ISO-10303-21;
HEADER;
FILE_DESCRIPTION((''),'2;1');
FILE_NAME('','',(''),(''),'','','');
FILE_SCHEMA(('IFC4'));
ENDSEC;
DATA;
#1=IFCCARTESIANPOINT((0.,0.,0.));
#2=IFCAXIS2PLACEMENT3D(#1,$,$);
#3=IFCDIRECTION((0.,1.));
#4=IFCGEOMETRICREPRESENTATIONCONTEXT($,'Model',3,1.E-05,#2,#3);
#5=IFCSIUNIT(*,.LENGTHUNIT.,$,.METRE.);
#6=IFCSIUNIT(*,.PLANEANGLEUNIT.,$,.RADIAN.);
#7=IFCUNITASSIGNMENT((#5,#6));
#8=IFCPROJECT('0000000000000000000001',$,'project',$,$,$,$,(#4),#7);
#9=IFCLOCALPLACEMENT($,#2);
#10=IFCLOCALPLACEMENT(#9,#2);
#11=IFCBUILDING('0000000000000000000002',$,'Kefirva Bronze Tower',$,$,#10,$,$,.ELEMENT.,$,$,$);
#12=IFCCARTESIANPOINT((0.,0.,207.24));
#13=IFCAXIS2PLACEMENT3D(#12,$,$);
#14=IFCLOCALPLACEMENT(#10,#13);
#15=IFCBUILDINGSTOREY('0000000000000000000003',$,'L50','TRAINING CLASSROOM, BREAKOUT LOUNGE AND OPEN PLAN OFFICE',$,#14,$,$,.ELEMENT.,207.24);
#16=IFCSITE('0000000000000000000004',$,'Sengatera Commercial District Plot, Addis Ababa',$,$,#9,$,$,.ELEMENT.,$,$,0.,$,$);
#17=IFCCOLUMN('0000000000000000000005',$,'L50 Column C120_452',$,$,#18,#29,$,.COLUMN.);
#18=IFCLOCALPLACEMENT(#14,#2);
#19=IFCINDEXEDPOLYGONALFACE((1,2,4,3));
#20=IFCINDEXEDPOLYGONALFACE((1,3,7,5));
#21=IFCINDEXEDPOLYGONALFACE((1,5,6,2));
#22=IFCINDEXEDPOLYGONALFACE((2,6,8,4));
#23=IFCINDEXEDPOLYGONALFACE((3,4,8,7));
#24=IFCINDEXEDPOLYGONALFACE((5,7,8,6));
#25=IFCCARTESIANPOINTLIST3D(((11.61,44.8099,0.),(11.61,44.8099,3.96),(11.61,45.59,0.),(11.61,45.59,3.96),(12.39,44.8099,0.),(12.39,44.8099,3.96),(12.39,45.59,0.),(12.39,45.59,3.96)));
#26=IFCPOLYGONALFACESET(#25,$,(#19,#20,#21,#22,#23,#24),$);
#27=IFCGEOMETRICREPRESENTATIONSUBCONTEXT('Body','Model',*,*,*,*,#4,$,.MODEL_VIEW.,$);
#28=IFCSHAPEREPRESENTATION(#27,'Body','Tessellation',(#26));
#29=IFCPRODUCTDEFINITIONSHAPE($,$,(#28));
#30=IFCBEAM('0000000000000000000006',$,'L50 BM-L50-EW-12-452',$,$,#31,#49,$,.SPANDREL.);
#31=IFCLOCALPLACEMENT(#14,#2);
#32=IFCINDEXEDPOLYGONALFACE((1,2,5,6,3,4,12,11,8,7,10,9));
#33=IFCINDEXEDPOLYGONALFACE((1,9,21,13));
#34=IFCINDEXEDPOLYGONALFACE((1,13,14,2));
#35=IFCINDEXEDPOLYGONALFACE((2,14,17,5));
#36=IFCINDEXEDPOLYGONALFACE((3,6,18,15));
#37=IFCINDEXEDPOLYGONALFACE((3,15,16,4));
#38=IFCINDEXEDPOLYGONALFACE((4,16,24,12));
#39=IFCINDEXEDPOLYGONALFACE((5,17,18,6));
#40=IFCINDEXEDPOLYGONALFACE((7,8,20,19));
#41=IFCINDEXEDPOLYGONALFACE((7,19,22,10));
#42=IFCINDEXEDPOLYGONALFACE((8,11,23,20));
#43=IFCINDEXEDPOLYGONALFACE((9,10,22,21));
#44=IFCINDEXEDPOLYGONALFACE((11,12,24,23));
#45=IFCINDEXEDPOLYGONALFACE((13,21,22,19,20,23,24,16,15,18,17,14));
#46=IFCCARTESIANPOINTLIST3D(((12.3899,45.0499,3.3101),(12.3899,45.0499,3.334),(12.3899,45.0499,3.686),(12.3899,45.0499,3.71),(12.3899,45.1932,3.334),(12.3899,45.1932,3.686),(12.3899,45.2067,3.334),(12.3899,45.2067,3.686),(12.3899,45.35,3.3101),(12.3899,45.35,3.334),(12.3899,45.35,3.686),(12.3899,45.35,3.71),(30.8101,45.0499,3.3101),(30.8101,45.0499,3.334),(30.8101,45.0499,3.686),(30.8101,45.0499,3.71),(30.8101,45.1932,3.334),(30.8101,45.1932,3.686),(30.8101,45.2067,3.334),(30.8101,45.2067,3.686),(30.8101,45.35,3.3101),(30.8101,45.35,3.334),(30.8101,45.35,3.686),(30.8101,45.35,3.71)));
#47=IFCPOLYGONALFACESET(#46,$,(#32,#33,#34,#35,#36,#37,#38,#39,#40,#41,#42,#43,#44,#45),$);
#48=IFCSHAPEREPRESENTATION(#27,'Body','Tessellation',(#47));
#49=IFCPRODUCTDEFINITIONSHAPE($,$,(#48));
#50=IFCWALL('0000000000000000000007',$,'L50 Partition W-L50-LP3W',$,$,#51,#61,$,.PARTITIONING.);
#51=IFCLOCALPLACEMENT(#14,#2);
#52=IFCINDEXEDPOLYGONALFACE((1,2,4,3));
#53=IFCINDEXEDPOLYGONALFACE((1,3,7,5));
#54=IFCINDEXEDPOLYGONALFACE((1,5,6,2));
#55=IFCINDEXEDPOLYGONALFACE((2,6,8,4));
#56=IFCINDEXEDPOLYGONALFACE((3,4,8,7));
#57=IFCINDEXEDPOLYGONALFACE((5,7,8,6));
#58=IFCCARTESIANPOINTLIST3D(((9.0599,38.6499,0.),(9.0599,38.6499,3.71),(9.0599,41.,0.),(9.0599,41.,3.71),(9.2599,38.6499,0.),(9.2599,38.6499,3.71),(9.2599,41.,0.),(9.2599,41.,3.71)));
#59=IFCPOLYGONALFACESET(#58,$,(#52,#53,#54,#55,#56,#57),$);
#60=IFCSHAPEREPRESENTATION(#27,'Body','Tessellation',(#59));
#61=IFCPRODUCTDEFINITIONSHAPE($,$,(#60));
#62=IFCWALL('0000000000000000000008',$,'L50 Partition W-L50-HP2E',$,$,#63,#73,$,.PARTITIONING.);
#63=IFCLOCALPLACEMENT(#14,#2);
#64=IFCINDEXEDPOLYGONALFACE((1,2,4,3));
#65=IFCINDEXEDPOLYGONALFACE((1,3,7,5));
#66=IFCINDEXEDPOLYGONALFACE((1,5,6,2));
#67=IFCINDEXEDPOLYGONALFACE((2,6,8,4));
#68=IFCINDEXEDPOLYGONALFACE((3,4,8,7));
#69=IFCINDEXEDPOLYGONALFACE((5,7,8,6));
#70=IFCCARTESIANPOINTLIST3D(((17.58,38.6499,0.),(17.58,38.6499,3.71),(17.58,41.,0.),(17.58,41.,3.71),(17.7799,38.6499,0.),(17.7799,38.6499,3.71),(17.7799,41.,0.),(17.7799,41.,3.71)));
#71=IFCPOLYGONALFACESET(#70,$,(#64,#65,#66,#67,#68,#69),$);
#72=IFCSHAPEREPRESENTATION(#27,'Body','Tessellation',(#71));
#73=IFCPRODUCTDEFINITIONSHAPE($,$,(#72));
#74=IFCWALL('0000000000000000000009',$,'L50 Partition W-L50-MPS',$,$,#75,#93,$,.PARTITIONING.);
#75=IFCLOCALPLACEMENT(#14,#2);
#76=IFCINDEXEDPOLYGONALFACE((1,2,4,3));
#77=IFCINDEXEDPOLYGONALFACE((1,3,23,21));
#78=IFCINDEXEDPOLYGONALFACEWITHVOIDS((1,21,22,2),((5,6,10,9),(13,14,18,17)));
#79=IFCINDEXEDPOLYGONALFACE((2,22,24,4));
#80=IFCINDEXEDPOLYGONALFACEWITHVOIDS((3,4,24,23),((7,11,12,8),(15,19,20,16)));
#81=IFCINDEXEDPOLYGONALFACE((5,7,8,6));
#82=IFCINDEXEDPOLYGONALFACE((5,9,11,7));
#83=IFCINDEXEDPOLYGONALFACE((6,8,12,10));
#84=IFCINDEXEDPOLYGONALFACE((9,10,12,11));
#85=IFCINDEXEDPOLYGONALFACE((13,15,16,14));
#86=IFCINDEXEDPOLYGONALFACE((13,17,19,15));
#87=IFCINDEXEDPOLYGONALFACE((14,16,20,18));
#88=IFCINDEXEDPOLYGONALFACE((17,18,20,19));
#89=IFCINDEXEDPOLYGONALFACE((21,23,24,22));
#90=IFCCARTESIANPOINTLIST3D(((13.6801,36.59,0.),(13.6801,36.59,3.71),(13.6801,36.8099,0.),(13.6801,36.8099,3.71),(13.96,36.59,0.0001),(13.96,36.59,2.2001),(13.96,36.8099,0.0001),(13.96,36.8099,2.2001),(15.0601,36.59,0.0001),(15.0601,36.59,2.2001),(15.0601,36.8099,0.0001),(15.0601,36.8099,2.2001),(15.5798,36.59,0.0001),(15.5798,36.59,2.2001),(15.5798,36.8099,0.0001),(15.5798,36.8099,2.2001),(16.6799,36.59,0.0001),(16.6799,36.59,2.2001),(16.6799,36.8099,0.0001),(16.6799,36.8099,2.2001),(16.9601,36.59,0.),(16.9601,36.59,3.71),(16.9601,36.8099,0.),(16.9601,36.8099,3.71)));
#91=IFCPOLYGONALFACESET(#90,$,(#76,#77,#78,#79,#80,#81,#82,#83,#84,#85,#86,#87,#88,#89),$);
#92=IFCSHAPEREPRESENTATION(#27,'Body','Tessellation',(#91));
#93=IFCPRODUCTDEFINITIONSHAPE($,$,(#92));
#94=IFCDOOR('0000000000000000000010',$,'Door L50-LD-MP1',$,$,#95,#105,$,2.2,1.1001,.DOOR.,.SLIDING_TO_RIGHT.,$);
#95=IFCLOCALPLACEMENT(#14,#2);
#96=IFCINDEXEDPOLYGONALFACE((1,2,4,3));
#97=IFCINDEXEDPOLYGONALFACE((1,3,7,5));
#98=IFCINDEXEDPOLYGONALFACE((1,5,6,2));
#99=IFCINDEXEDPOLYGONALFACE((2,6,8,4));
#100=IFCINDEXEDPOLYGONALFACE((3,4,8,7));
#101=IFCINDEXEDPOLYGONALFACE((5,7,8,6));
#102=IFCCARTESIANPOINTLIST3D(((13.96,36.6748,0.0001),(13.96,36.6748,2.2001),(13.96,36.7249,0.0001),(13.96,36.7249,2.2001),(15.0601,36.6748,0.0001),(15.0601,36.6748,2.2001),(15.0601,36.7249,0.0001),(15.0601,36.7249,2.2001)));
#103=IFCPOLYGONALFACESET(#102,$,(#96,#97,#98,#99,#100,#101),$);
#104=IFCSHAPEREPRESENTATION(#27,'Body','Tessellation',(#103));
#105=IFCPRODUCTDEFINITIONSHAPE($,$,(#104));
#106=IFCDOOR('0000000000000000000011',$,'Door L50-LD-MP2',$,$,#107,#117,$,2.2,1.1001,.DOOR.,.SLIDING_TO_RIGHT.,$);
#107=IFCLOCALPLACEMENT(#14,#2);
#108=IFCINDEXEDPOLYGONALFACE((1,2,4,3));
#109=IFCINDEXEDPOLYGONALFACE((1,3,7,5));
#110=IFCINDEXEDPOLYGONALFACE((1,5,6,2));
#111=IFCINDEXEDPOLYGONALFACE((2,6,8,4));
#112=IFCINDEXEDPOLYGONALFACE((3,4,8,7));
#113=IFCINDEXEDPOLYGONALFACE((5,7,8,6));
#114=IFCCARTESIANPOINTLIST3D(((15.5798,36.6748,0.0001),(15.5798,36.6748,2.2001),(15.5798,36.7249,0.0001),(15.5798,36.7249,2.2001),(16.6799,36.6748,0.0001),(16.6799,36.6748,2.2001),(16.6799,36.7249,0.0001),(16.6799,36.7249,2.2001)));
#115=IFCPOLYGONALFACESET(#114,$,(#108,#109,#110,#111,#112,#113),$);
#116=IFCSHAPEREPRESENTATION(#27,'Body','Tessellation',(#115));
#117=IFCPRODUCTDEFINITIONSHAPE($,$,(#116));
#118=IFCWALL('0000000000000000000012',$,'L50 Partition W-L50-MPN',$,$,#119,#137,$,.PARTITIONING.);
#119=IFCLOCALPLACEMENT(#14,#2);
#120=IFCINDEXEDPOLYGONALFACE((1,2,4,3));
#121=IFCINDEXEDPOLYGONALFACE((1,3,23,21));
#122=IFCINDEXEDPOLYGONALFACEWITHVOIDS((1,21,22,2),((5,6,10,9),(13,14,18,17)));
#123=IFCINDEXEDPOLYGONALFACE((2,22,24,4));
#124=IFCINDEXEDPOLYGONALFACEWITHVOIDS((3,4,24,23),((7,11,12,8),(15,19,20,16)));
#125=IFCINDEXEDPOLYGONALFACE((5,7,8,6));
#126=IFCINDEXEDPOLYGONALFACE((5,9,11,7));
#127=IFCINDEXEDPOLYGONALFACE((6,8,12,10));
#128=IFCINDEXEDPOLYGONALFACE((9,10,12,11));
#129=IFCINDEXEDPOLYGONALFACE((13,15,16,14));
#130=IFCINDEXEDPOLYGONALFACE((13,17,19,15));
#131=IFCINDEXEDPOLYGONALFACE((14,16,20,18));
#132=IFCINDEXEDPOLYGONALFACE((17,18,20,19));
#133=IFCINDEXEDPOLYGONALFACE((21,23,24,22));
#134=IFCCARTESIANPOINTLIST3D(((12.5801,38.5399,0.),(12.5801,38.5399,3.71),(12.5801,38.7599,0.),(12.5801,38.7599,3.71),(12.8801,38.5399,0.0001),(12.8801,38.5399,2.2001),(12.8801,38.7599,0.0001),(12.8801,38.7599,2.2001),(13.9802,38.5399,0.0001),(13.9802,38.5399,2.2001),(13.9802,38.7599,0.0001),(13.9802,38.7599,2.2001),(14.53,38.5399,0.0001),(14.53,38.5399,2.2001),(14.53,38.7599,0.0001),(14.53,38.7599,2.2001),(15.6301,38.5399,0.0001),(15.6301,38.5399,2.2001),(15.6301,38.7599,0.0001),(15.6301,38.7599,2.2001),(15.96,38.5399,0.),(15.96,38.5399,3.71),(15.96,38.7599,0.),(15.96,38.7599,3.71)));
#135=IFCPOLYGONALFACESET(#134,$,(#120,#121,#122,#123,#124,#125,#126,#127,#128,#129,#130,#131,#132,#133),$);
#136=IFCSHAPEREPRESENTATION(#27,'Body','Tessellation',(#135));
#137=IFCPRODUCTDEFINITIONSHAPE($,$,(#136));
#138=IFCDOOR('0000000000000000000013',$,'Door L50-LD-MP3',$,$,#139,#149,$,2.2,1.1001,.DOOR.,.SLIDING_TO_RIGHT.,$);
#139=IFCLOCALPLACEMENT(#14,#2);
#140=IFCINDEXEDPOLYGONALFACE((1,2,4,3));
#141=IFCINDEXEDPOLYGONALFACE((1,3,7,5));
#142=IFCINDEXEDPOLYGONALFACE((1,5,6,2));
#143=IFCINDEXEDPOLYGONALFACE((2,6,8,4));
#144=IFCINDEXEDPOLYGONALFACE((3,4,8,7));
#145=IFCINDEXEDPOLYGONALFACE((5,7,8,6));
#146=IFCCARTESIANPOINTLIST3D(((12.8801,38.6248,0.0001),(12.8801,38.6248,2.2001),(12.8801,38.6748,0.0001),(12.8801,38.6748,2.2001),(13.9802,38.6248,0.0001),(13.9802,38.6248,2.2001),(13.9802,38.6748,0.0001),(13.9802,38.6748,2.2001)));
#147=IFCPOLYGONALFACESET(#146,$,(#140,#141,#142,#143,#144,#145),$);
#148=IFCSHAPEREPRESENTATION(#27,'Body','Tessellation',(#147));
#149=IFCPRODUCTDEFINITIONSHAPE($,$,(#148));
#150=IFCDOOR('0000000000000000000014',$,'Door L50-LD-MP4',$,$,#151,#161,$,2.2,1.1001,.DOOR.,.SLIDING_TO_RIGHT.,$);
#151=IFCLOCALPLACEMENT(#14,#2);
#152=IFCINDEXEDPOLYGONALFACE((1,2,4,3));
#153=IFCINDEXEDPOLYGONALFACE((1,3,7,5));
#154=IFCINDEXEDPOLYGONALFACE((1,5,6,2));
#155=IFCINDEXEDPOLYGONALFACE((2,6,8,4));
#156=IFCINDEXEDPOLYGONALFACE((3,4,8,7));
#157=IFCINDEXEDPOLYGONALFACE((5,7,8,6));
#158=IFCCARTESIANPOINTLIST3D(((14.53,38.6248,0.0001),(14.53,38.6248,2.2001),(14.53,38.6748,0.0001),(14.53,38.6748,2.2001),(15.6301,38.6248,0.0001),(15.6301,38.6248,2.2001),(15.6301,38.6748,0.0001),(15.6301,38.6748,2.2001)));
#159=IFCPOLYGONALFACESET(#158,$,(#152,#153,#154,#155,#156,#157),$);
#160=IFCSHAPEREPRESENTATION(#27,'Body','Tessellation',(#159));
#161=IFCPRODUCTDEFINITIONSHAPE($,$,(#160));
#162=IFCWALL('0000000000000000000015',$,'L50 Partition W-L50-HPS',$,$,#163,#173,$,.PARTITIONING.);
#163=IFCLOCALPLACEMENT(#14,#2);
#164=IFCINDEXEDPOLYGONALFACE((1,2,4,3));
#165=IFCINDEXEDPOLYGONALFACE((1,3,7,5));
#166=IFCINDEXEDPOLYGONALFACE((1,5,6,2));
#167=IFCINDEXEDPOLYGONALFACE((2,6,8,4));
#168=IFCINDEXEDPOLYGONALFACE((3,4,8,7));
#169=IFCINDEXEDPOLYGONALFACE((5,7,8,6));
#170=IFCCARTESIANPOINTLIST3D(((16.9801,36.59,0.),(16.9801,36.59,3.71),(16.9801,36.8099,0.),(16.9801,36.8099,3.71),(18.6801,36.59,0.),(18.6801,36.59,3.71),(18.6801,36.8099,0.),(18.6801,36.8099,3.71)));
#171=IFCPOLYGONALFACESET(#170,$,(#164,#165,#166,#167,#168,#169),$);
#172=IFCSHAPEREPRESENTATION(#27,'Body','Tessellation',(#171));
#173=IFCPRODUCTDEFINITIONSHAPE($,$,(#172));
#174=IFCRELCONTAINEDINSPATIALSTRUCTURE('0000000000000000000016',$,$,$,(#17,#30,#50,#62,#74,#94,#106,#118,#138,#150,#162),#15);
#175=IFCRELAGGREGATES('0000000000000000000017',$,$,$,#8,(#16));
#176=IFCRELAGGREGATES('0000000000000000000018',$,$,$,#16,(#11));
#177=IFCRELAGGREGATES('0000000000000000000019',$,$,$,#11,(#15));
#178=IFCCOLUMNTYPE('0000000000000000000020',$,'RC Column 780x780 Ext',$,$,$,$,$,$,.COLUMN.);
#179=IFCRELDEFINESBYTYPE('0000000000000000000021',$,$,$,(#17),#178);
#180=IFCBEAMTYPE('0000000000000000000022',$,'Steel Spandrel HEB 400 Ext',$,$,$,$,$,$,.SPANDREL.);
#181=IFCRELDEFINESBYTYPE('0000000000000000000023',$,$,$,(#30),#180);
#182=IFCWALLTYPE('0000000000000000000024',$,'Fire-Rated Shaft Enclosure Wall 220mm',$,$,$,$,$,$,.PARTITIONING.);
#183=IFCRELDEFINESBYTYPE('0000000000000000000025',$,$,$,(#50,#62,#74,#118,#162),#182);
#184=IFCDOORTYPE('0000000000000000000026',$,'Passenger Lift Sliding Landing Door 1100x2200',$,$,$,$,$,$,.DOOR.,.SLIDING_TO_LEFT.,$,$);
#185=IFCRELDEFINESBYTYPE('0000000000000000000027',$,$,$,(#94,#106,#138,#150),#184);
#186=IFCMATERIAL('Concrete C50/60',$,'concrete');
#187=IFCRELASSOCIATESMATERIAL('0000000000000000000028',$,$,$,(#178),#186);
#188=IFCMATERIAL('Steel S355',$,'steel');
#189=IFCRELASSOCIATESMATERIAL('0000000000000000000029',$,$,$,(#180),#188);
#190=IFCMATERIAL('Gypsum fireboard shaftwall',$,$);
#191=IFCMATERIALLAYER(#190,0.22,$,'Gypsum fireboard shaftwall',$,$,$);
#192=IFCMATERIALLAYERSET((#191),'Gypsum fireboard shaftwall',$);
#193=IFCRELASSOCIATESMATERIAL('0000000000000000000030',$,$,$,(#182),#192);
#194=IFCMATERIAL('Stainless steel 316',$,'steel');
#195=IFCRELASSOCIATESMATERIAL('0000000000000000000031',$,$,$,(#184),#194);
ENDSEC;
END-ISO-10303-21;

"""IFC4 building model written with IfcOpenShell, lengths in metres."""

from ifc_helpers import new_model, si_unit, direction, frame, frame_2d, origin, origin_2d, place, context, subcontext, project, spatial, rectangle, i_section, extrude, material, layer, layer_set, material_profile, profile_set, type_object, element, fill, save


model = new_model("IFC4")

# Units and contexts
model_context = context("Model", 3, precision=1e-05, world=origin(), true_north=direction((0.0, 1.0)))
body_context = subcontext(model_context, "Body", "Model", "MODEL_VIEW")
ifc_project = project(units=[si_unit("LENGTHUNIT", "METRE"), si_unit("PLANEANGLEUNIT", "RADIAN")], contexts=[model_context])

# Site, building, storey
site_placement = place(None, origin())
site = spatial("IfcSite", under=ifc_project, at=site_placement, Name="Sengatera Commercial District Plot, Addis Ababa", CompositionType="ELEMENT", RefElevation=0.0)
building_placement = place(site_placement, origin())
building = spatial("IfcBuilding", under=site, at=building_placement, Name="Kefirva Bronze Tower", CompositionType="ELEMENT")
storey_placement = place(building_placement, frame((0.0, 0.0, 207.24)))
storey = spatial("IfcBuildingStorey", under=building, at=storey_placement, Name="L50", Description="TRAINING CLASSROOM, BREAKOUT LOUNGE AND OPEN PLAN OFFICE", CompositionType="ELEMENT", Elevation=207.24)

# Column
ifc_material_1 = material(Name="Concrete C50/60", Category="concrete")
ifc_material_profile_1 = material_profile(ifc_material_1, rectangle(XDim=0.78, YDim=0.78, at=origin_2d()), Name="RC 780x780")
ifc_profile_set_1 = profile_set([ifc_material_profile_1], Name="Concrete C50/60")
column_type = type_object("IfcColumnType", Name="RC Column 780x780 Ext", PredefinedType="COLUMN", material=ifc_profile_set_1)
column_placement = place(storey_placement, frame((12.0, 45.2, 0.0), z_axis=(0.0, 0.0, 1.0), x_axis=(1.0, 0.0, 0.0)))
element("IfcColumn", 1, at=column_placement, inside=storey, type_object=column_type, Name="L50 Column C120_452", PredefinedType="COLUMN", context=body_context, shape_type="SweptSolid", body=[
    extrude(rectangle(XDim=0.78, YDim=0.78, at=origin_2d()), origin(), (0.0, 0.0, 1.0), 3.96),
])

# Beam
ifc_material_2 = material(Name="Steel S355", Category="steel")
ifc_material_profile_2 = material_profile(ifc_material_2, i_section(OverallWidth=0.3, OverallDepth=0.3999, WebThickness=0.0134, FlangeThickness=0.0239, at=origin_2d()), Name="HEB 400")
ifc_profile_set_2 = profile_set([ifc_material_profile_2], Name="Steel S355")
beam_type = type_object("IfcBeamType", Name="Steel Spandrel HEB 400 Ext", PredefinedType="SPANDREL", material=ifc_profile_set_2)
beam_placement = place(storey_placement, frame((12.3899, 45.2, 3.51), z_axis=(1.0, 0.0, 0.0), x_axis=(0.0, 1.0, 0.0)))
element("IfcBeam", 2, at=beam_placement, inside=storey, type_object=beam_type, Name="L50 BM-L50-EW-12-452", PredefinedType="SPANDREL", context=body_context, shape_type="SweptSolid", body=[
    extrude(i_section(OverallWidth=0.3, OverallDepth=0.3999, WebThickness=0.0134, FlangeThickness=0.0239, at=origin_2d()), origin(), (0.0, 0.0, 1.0), 18.4202),
])

# Walls
ifc_material_3 = material(Name="Gypsum fireboard shaftwall")
ifc_layer_1 = layer(ifc_material_3, 0.22, Name="Gypsum fireboard shaftwall")
ifc_layer_set_1 = layer_set([ifc_layer_1], Name="Gypsum fireboard shaftwall")
wall_type_1 = type_object("IfcWallType", Name="Fire-Rated Shaft Enclosure Wall 220mm", PredefinedType="PARTITIONING", material=ifc_layer_set_1)
for number, where, z_axis, x_axis, name in (
    (3, (9.1599, 38.6499, 0.0), (0.0, 0.0, 1.0), (0.0, 1.0, 0.0), "L50 Partition W-L50-LP3W"),
    (4, (17.6799, 38.6499, 0.0), (0.0, 0.0, 1.0), (0.0, 1.0, 0.0), "L50 Partition W-L50-HP2E"),
):
    element("IfcWall", number, at=place(storey_placement, frame(where, z_axis=z_axis, x_axis=x_axis)), inside=storey, type_object=wall_type_1, Name=name, PredefinedType="PARTITIONING", context=body_context, shape_type="SweptSolid", body=[
        extrude(rectangle(XDim=2.3501, YDim=0.2, at=frame_2d((1.175, 0.0))), origin(), (0.0, 0.0, 1.0), 3.71),
    ])

# Walls, openings, doors
wall_1_placement = place(storey_placement, frame((13.6799, 36.7, 0.0), z_axis=(0.0, 0.0, 1.0), x_axis=(1.0, 0.0, 0.0)))
wall_1 = element("IfcWall", 5, at=wall_1_placement, inside=storey, type_object=wall_type_1, Name="L50 Partition W-L50-MPS", PredefinedType="PARTITIONING", context=body_context, shape_type="SweptSolid", body=[
    extrude(rectangle(XDim=3.28, YDim=0.22, at=frame_2d((1.6401, 0.0))), origin(), (0.0, 0.0, 1.0), 3.71),
])
opening_1_placement = place(wall_1_placement, frame((0.28, 0.0, 0.0)))
opening_1 = element("IfcOpeningElement", 6, at=opening_1_placement, cuts=wall_1, PredefinedType="OPENING", context=body_context, shape_type="SweptSolid", body=[
    extrude(rectangle(XDim=1.1001, YDim=2.2, at=frame_2d((0.55, 1.1001))), frame((0.0, 0.1201, 0.0), z_axis=(0.0, -1.0, 0.0), x_axis=(1.0, 0.0, 0.0)), (0.0, 0.0, 1.0), 0.24),
])
opening_2_placement = place(wall_1_placement, frame((1.8999, 0.0, 0.0)))
opening_2 = element("IfcOpeningElement", 7, at=opening_2_placement, cuts=wall_1, PredefinedType="OPENING", context=body_context, shape_type="SweptSolid", body=[
    extrude(rectangle(XDim=1.1001, YDim=2.2, at=frame_2d((0.55, 1.1001))), frame((0.0, 0.1201, 0.0), z_axis=(0.0, -1.0, 0.0), x_axis=(1.0, 0.0, 0.0)), (0.0, 0.0, 1.0), 0.24),
])
ifc_material_4 = material(Name="Stainless steel 316", Category="steel")
door_type_1 = type_object("IfcDoorType", Name="Passenger Lift Sliding Landing Door 1100x2200", OperationType="SLIDING_TO_LEFT", PredefinedType="DOOR", material=ifc_material_4)
door_1_placement = place(opening_1_placement, origin())
door_1 = element("IfcDoor", 8, at=door_1_placement, inside=storey, type_object=door_type_1, Name="Door L50-LD-MP1", OperationType="SLIDING_TO_RIGHT", OverallHeight=2.2, OverallWidth=1.1001, PredefinedType="DOOR", context=body_context, shape_type="SweptSolid", body=[
    extrude(rectangle(XDim=1.1001, YDim=2.2, at=frame_2d((0.55, 1.1001))), frame((0.0, 0.0249, 0.0), z_axis=(0.0, -1.0, 0.0), x_axis=(1.0, 0.0, 0.0)), (0.0, 0.0, 1.0), 0.05),
])
fill(opening_1, door_1)
door_2_placement = place(opening_2_placement, origin())
door_2 = element("IfcDoor", 9, at=door_2_placement, inside=storey, type_object=door_type_1, Name="Door L50-LD-MP2", OperationType="SLIDING_TO_RIGHT", OverallHeight=2.2, OverallWidth=1.1001, PredefinedType="DOOR", context=body_context, shape_type="SweptSolid", body=[
    extrude(rectangle(XDim=1.1001, YDim=2.2, at=frame_2d((0.55, 1.1001))), frame((0.0, 0.0249, 0.0), z_axis=(0.0, -1.0, 0.0), x_axis=(1.0, 0.0, 0.0)), (0.0, 0.0, 1.0), 0.05),
])
fill(opening_2, door_2)
wall_2_placement = place(storey_placement, frame((12.5801, 38.6499, 0.0), z_axis=(0.0, 0.0, 1.0), x_axis=(1.0, 0.0, 0.0)))
wall_2 = element("IfcWall", 10, at=wall_2_placement, inside=storey, type_object=wall_type_1, Name="L50 Partition W-L50-MPN", PredefinedType="PARTITIONING", context=body_context, shape_type="SweptSolid", body=[
    extrude(rectangle(XDim=3.3799, YDim=0.22, at=frame_2d((1.6899, 0.0))), origin(), (0.0, 0.0, 1.0), 3.71),
])
opening_3_placement = place(wall_2_placement, frame((0.3, 0.0, 0.0)))
opening_3 = element("IfcOpeningElement", 11, at=opening_3_placement, cuts=wall_2, PredefinedType="OPENING", context=body_context, shape_type="SweptSolid", body=[
    extrude(rectangle(XDim=1.1001, YDim=2.2, at=frame_2d((0.55, 1.1001))), frame((0.0, 0.1201, 0.0), z_axis=(0.0, -1.0, 0.0), x_axis=(1.0, 0.0, 0.0)), (0.0, 0.0, 1.0), 0.24),
])
opening_4_placement = place(wall_2_placement, frame((1.95, 0.0, 0.0)))
opening_4 = element("IfcOpeningElement", 12, at=opening_4_placement, cuts=wall_2, PredefinedType="OPENING", context=body_context, shape_type="SweptSolid", body=[
    extrude(rectangle(XDim=1.1001, YDim=2.2, at=frame_2d((0.55, 1.1001))), frame((0.0, 0.1201, 0.0), z_axis=(0.0, -1.0, 0.0), x_axis=(1.0, 0.0, 0.0)), (0.0, 0.0, 1.0), 0.24),
])
door_3_placement = place(opening_3_placement, origin())
door_3 = element("IfcDoor", 13, at=door_3_placement, inside=storey, type_object=door_type_1, Name="Door L50-LD-MP3", OperationType="SLIDING_TO_RIGHT", OverallHeight=2.2, OverallWidth=1.1001, PredefinedType="DOOR", context=body_context, shape_type="SweptSolid", body=[
    extrude(rectangle(XDim=1.1001, YDim=2.2, at=frame_2d((0.55, 1.1001))), frame((0.0, 0.0249, 0.0), z_axis=(0.0, -1.0, 0.0), x_axis=(1.0, 0.0, 0.0)), (0.0, 0.0, 1.0), 0.05),
])
fill(opening_3, door_3)
door_4_placement = place(opening_4_placement, origin())
door_4 = element("IfcDoor", 14, at=door_4_placement, inside=storey, type_object=door_type_1, Name="Door L50-LD-MP4", OperationType="SLIDING_TO_RIGHT", OverallHeight=2.2, OverallWidth=1.1001, PredefinedType="DOOR", context=body_context, shape_type="SweptSolid", body=[
    extrude(rectangle(XDim=1.1001, YDim=2.2, at=frame_2d((0.55, 1.1001))), frame((0.0, 0.0249, 0.0), z_axis=(0.0, -1.0, 0.0), x_axis=(1.0, 0.0, 0.0)), (0.0, 0.0, 1.0), 0.05),
])
fill(opening_4, door_4)

# Wall
wall_3_placement = place(storey_placement, frame((16.98, 36.7, 0.0), z_axis=(0.0, 0.0, 1.0), x_axis=(1.0, 0.0, 0.0)))
element("IfcWall", 15, at=wall_3_placement, inside=storey, type_object=wall_type_1, Name="L50 Partition W-L50-HPS", PredefinedType="PARTITIONING", context=body_context, shape_type="SweptSolid", body=[
    extrude(rectangle(XDim=1.7, YDim=0.22, at=frame_2d((0.8501, 0.0))), origin(), (0.0, 0.0, 1.0), 3.71),
])

save(model, "model.ifc")
